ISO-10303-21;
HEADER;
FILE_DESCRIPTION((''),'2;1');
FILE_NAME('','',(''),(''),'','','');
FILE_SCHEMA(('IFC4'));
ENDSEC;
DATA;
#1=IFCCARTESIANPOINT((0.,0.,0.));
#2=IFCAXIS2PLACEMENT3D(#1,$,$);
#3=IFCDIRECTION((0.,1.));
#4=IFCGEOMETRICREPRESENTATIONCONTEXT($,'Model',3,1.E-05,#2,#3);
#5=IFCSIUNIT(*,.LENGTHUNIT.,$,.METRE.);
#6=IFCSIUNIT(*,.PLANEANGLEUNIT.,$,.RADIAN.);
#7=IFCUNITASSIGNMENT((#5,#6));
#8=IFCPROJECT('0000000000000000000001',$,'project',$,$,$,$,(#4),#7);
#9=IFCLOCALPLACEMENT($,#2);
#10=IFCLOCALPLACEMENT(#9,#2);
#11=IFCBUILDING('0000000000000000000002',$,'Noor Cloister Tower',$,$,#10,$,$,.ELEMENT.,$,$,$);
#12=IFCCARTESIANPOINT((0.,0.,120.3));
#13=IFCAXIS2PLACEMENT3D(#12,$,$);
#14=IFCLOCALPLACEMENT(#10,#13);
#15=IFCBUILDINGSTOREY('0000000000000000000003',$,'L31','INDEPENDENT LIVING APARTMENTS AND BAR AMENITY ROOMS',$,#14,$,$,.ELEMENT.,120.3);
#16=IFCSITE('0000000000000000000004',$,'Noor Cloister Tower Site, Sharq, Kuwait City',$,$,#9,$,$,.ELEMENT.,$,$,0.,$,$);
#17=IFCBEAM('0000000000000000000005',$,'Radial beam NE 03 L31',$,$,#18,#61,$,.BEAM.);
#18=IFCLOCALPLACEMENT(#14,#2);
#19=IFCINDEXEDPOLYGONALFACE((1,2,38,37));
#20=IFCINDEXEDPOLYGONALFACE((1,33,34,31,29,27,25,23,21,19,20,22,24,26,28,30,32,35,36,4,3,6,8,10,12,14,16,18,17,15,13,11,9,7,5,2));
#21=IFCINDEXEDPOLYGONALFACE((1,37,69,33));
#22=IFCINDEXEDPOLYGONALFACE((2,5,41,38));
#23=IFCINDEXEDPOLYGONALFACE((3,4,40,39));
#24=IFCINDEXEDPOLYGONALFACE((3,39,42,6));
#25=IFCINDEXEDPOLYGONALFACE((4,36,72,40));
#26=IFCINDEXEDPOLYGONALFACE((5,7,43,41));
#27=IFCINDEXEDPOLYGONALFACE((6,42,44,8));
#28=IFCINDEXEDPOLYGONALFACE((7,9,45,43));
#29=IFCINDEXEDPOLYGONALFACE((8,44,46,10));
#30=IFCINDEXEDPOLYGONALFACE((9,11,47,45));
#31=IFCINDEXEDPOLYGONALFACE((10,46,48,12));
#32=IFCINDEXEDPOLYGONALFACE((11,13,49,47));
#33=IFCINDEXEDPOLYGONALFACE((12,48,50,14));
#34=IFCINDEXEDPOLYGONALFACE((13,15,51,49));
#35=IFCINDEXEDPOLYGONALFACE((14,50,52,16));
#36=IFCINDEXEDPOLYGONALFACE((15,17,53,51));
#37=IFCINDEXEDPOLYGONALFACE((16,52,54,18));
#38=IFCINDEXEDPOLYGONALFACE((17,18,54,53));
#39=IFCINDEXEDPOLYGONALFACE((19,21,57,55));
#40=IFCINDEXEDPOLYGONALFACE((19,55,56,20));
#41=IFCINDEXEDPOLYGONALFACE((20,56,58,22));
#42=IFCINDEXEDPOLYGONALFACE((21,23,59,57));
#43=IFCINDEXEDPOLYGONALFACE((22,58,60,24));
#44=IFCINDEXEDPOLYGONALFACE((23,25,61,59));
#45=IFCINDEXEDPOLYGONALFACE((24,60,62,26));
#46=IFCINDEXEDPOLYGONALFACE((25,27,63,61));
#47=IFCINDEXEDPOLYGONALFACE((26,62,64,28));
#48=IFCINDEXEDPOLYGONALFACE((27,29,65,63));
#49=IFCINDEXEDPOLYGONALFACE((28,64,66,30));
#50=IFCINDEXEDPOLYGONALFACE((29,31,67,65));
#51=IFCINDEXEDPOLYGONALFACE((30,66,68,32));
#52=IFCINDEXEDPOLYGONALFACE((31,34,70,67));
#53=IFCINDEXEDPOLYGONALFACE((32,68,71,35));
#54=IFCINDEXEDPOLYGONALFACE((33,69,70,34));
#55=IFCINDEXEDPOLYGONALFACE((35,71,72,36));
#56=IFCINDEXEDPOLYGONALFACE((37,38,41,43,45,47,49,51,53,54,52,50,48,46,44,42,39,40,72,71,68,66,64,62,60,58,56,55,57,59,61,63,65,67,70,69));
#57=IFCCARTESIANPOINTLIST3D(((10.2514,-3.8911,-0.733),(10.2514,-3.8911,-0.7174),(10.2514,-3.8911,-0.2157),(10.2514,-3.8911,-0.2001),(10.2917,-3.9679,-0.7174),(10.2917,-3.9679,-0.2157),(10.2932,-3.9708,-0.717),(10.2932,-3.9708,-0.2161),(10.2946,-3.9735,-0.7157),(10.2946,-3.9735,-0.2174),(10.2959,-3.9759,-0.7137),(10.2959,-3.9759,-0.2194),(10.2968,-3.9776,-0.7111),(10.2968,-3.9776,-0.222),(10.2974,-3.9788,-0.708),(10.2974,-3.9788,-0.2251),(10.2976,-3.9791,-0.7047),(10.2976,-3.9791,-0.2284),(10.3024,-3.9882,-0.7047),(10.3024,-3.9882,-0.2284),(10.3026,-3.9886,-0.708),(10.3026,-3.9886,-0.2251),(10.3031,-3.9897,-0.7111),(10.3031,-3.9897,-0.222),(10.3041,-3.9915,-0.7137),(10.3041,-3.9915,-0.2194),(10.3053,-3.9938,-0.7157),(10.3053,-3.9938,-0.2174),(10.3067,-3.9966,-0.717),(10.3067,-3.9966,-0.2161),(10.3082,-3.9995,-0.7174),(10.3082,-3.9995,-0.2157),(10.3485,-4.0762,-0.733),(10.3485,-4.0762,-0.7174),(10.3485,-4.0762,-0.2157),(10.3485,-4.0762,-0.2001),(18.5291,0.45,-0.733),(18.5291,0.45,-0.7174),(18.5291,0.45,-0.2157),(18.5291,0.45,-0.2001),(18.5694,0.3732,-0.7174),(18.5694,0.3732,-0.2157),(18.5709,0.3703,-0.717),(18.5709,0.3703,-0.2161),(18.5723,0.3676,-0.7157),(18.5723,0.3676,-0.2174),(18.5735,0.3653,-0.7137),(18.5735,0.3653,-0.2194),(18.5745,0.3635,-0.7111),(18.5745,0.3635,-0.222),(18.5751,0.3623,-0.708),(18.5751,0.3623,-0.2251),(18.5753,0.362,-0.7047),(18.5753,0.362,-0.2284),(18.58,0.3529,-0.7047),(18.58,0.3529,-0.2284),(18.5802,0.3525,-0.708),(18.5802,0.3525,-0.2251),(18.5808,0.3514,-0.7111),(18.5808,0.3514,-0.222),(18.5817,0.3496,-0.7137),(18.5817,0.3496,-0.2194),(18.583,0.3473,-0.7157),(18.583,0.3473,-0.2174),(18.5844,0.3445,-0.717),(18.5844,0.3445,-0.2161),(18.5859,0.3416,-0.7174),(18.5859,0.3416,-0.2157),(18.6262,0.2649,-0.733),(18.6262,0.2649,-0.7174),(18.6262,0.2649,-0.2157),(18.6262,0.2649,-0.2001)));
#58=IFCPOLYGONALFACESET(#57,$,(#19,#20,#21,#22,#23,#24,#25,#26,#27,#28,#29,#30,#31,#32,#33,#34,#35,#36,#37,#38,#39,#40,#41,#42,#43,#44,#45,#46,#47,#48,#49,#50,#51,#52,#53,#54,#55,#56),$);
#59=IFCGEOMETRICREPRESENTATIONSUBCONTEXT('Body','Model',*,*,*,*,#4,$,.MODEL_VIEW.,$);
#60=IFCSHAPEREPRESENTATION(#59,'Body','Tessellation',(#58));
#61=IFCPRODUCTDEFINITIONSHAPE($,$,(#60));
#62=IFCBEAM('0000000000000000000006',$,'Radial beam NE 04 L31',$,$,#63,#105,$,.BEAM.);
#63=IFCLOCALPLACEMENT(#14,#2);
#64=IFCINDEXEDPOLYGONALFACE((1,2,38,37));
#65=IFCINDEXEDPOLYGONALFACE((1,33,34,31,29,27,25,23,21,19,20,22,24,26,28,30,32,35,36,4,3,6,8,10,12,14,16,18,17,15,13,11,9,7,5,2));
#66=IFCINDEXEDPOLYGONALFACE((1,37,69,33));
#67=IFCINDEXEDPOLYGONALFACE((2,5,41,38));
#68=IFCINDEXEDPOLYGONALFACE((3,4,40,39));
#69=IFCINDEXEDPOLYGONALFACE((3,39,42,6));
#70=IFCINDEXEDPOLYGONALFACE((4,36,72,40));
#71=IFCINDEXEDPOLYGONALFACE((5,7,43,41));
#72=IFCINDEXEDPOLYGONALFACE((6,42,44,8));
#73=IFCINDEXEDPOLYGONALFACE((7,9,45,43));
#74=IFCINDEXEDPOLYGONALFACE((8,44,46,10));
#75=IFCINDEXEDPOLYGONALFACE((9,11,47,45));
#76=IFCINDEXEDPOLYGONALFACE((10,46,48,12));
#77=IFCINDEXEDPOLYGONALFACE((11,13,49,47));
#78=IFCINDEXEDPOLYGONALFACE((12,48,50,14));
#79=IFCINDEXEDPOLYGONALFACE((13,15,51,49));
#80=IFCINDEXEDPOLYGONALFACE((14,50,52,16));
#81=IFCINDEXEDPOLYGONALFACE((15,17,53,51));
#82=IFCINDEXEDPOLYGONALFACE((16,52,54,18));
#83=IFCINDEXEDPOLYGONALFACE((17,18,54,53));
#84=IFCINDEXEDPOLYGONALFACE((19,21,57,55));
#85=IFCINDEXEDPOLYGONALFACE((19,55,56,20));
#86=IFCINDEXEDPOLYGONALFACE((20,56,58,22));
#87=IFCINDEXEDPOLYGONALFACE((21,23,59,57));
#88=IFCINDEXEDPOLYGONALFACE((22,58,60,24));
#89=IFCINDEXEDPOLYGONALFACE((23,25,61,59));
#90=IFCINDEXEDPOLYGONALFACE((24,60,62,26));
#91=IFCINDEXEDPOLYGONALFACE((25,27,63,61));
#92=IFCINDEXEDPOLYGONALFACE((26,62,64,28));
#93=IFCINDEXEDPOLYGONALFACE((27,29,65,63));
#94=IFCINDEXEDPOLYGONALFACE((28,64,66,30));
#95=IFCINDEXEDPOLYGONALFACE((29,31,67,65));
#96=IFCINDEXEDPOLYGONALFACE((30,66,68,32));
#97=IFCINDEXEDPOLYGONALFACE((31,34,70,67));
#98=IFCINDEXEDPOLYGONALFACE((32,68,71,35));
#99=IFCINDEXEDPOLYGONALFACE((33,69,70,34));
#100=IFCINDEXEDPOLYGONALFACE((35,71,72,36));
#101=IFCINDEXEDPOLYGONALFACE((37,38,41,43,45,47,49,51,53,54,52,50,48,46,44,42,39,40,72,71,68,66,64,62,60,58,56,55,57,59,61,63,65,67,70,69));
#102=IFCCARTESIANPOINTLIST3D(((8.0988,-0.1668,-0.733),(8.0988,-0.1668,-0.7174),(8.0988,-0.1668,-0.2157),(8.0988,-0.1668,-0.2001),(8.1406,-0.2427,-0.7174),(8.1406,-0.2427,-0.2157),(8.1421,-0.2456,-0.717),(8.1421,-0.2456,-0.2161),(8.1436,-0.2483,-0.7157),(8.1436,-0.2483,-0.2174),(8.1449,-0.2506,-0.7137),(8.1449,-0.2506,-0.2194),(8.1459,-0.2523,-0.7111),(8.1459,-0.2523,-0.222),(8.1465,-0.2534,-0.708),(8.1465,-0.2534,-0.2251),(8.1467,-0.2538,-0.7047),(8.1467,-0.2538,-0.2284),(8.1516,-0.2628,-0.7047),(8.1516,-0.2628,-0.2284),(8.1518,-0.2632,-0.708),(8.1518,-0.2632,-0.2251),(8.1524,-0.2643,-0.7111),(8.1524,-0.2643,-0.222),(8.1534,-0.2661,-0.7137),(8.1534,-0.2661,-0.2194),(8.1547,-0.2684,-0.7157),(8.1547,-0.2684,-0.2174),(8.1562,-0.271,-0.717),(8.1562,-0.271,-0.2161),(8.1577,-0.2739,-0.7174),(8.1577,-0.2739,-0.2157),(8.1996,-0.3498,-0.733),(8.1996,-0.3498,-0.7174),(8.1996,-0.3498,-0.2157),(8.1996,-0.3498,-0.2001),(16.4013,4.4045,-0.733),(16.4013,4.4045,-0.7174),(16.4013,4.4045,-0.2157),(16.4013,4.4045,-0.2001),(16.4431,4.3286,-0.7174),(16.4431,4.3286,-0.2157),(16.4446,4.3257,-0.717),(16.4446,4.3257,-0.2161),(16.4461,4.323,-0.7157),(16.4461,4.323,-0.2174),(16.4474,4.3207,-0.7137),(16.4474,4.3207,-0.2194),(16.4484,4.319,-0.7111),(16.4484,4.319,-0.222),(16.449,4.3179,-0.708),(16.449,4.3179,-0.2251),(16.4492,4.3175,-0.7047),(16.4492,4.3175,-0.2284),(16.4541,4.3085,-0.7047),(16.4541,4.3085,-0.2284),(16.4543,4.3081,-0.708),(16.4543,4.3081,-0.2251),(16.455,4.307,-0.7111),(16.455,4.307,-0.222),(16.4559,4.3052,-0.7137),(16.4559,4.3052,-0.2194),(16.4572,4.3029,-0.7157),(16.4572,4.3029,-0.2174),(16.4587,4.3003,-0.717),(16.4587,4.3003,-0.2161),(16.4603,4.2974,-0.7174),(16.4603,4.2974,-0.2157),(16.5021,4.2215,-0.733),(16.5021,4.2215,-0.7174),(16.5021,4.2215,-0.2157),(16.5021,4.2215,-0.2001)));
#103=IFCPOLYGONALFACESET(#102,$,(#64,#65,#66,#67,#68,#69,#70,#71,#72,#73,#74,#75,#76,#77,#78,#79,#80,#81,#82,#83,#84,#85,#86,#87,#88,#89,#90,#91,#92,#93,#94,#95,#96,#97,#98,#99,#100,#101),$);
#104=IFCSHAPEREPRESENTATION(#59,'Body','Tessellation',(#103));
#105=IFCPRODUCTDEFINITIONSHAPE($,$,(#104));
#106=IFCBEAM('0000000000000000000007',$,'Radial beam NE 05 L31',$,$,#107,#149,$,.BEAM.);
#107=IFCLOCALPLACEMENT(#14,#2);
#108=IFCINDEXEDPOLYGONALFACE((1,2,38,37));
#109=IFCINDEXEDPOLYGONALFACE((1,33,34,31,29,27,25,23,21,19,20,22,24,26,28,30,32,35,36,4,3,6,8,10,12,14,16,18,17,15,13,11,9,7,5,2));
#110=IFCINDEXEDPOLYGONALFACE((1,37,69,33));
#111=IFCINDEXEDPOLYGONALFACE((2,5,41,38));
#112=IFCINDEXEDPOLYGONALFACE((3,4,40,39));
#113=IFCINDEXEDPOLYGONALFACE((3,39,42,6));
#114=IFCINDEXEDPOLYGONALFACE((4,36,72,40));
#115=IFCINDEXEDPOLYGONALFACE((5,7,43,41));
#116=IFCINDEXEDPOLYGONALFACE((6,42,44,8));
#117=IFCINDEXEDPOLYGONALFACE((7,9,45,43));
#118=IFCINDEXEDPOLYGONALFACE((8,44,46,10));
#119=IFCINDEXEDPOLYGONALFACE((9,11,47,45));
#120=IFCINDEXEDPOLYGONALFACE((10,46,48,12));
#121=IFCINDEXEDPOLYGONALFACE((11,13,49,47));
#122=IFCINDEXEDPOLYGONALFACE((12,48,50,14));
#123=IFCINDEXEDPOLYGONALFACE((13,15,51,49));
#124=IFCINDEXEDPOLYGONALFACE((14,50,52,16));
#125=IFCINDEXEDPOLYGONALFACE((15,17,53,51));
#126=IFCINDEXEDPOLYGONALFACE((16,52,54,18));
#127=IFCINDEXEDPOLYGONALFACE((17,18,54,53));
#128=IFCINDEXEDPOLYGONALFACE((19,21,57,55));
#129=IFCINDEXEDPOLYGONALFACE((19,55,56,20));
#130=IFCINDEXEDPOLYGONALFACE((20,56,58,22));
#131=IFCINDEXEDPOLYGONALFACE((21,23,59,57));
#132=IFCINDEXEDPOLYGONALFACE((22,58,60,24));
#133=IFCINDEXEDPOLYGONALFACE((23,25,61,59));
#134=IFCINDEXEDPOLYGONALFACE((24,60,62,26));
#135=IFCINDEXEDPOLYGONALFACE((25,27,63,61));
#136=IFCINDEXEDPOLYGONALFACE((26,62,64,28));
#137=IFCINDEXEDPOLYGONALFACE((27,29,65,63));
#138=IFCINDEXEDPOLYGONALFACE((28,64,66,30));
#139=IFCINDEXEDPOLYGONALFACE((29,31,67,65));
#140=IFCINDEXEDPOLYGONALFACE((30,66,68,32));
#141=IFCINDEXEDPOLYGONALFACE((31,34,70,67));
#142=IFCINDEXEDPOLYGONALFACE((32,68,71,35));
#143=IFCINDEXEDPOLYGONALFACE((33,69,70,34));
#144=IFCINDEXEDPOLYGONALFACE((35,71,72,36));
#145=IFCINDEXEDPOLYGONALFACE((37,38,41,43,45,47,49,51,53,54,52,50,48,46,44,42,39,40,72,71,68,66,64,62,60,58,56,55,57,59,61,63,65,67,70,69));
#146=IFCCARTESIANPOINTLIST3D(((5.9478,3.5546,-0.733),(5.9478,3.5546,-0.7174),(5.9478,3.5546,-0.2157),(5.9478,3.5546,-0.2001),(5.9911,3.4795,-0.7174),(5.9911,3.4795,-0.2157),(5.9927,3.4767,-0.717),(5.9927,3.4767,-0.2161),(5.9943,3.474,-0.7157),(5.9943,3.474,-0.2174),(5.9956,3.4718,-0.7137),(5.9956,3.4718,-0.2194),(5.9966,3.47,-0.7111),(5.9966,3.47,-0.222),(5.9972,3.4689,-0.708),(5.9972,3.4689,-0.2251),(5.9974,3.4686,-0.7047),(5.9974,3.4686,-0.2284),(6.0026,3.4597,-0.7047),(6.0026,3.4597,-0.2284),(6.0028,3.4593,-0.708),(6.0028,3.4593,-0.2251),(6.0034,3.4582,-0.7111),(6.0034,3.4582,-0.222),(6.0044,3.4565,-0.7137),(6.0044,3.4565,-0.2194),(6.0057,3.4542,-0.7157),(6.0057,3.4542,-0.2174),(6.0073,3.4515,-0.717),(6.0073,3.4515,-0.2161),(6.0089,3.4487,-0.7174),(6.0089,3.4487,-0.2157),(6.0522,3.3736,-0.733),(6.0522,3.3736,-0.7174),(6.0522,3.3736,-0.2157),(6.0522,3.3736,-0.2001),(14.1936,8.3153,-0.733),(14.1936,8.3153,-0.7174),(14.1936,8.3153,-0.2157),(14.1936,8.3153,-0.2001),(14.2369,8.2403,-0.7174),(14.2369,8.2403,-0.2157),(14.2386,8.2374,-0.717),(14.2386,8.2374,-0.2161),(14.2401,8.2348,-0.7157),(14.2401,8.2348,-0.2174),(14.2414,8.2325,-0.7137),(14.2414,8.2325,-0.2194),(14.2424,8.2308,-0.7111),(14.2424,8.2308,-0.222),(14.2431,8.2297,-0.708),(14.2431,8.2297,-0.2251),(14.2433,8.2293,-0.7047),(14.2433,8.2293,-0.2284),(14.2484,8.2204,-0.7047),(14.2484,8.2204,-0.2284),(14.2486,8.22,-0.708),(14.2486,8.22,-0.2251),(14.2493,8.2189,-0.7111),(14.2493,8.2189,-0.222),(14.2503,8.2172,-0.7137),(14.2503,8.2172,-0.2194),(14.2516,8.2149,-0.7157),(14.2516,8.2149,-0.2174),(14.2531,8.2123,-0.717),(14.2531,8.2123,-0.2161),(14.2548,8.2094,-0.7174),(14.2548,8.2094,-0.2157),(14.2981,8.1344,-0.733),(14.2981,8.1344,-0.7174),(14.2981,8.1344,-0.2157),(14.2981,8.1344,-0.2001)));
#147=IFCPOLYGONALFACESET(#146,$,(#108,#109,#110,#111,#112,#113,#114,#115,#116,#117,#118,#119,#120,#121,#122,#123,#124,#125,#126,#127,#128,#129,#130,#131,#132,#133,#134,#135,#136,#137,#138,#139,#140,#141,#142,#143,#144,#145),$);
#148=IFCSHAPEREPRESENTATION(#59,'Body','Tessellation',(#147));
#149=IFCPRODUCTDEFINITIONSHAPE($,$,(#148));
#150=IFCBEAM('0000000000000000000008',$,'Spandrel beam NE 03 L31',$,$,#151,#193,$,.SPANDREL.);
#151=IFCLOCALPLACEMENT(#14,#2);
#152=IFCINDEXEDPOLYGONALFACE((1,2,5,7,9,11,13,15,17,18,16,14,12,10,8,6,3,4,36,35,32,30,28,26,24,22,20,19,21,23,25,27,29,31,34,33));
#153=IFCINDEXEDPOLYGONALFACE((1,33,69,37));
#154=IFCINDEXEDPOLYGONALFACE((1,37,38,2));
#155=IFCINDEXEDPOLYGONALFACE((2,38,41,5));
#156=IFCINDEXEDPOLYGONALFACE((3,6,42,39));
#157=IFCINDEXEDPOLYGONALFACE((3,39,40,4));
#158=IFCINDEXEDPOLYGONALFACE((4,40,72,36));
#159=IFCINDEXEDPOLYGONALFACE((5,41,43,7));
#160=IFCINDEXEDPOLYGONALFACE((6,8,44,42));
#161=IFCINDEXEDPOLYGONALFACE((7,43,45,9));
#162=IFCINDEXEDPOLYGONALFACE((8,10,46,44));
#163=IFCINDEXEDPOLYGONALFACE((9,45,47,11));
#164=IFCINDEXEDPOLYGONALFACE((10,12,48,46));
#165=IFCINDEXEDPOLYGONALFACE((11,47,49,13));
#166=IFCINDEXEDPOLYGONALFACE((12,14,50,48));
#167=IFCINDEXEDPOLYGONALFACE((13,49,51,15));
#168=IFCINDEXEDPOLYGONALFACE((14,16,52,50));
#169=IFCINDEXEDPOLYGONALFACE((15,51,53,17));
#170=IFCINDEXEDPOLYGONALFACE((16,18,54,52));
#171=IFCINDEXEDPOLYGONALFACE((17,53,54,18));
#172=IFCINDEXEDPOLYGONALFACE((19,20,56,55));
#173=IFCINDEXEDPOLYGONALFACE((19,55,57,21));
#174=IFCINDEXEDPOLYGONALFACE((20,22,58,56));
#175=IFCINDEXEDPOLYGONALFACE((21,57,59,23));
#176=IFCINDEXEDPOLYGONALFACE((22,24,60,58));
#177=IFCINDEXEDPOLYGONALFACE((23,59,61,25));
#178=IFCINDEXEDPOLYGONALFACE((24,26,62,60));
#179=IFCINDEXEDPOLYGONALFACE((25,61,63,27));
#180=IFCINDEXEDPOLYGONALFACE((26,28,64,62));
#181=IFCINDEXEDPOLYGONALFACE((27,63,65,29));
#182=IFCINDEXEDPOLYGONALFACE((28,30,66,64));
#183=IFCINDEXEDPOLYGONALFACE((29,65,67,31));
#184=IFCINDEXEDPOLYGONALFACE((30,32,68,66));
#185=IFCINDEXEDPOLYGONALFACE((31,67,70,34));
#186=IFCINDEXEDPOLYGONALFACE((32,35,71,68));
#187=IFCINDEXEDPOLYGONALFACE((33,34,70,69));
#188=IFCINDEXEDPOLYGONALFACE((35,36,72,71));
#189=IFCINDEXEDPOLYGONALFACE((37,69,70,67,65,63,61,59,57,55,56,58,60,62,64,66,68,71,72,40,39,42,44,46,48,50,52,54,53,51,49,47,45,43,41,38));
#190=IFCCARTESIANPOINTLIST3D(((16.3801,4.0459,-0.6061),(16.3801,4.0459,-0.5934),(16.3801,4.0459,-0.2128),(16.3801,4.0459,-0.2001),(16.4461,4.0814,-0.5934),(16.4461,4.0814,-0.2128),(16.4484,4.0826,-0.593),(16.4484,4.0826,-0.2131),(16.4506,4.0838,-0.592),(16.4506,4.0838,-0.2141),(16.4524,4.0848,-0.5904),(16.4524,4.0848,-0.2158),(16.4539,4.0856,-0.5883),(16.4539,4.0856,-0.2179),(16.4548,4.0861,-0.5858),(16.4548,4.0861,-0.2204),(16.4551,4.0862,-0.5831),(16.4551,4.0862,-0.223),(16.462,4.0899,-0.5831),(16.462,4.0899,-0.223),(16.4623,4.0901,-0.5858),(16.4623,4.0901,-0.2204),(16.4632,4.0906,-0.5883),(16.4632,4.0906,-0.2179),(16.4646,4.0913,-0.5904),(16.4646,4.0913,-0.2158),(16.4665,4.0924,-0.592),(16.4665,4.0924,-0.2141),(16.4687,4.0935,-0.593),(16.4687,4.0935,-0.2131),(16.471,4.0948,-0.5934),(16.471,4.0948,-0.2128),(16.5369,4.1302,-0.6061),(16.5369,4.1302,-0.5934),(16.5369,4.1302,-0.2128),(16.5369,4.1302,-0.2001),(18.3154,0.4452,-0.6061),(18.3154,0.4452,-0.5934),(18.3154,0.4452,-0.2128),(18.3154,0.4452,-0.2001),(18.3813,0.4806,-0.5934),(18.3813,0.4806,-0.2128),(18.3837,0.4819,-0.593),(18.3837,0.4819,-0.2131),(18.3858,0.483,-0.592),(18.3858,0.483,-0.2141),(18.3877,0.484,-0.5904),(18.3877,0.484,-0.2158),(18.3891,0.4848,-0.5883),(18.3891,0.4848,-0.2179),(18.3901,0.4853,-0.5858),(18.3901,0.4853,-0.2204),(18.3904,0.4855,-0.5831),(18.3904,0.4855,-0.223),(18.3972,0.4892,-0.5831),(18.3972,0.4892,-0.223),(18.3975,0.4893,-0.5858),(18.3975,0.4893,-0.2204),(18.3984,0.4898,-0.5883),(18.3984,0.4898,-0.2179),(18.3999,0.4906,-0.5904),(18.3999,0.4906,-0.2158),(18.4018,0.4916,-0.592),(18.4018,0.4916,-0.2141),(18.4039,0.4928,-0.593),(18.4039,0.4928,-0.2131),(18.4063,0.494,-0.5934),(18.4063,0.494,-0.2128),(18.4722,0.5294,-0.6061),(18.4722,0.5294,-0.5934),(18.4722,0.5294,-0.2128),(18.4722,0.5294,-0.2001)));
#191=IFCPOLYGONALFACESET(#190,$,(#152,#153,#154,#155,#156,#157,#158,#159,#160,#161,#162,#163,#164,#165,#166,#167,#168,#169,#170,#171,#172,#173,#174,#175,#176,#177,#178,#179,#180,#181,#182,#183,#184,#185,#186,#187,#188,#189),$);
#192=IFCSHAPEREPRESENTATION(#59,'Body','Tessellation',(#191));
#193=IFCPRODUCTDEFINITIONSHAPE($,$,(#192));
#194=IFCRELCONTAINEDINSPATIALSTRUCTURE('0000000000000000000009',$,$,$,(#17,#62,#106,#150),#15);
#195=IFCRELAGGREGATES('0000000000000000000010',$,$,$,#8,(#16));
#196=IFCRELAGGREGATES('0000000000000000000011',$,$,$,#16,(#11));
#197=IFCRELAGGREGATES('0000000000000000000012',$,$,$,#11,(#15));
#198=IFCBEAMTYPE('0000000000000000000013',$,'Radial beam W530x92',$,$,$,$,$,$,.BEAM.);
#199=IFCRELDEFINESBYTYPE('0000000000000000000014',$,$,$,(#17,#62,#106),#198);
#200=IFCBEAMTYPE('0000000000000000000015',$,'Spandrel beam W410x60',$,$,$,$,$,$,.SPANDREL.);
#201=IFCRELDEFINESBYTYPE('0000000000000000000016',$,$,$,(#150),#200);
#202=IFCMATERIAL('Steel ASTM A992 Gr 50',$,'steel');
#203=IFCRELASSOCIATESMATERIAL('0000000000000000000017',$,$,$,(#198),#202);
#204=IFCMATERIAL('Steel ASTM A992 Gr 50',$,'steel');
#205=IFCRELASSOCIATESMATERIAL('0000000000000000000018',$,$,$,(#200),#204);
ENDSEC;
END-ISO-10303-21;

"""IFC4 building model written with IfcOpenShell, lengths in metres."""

from ifc_helpers import new_model, si_unit, direction, frame, origin, origin_2d, place, context, subcontext, project, spatial, i_section, extrude, material, material_profile, profile_set, type_object, element, save


model = new_model("IFC4")

# Units and contexts
model_context = context("Model", 3, precision=1e-05, world=origin(), true_north=direction((0.0, 1.0)))
body_context = subcontext(model_context, "Body", "Model", "MODEL_VIEW")
ifc_project = project(units=[si_unit("LENGTHUNIT", "METRE"), si_unit("PLANEANGLEUNIT", "RADIAN")], contexts=[model_context])

# Site, building, storey
site_placement = place(None, origin())
site = spatial("IfcSite", under=ifc_project, at=site_placement, Name="Noor Cloister Tower Site, Sharq, Kuwait City", CompositionType="ELEMENT", RefElevation=0.0)
building_placement = place(site_placement, origin())
building = spatial("IfcBuilding", under=site, at=building_placement, Name="Noor Cloister Tower", CompositionType="ELEMENT")
storey_placement = place(building_placement, frame((0.0, 0.0, 120.3)))
storey = spatial("IfcBuildingStorey", under=building, at=storey_placement, Name="L31", Description="INDEPENDENT LIVING APARTMENTS AND BAR AMENITY ROOMS", CompositionType="ELEMENT", Elevation=120.3)

# Beams
ifc_material_1 = material(Name="Steel ASTM A992 Gr 50", Category="steel")
ifc_material_profile_1 = material_profile(ifc_material_1, i_section(OverallWidth=0.209, OverallDepth=0.533, WebThickness=0.0103, FlangeThickness=0.0156, FilletRadius=0.0127, at=origin_2d()), Name="W530x92")
ifc_profile_set_1 = profile_set([ifc_material_profile_1], Name="Steel ASTM A992 Gr 50")
beam_type_1 = type_object("IfcBeamType", Name="Radial beam W530x92", PredefinedType="BEAM", material=ifc_profile_set_1)
beam_1_placement = place(storey_placement, frame((18.5776, 0.3574, -0.4666), z_axis=(-0.885603, -0.464442, 0.0), x_axis=(0.464442, -0.885603, 0.0)))
element("IfcBeam", 1, at=beam_1_placement, inside=storey, type_object=beam_type_1, Name="Radial beam NE 03 L31", PredefinedType="BEAM", context=body_context, shape_type="SweptSolid", body=[
    extrude(i_section(OverallWidth=0.209, OverallDepth=0.533, WebThickness=0.0103, FlangeThickness=0.0156, FilletRadius=0.0127, at=origin_2d()), origin(), (0.0, 0.0, 1.0), 9.3469),
])
beam_2_placement = place(storey_placement, frame((16.4517, 4.313, -0.4666), z_axis=(-0.875997, -0.482317, 0.0), x_axis=(0.482317, -0.875997, 0.0)))
element("IfcBeam", 2, at=beam_2_placement, inside=storey, type_object=beam_type_1, Name="Radial beam NE 04 L31", PredefinedType="BEAM", context=body_context, shape_type="SweptSolid", body=[
    extrude(i_section(OverallWidth=0.209, OverallDepth=0.533, WebThickness=0.0103, FlangeThickness=0.0156, FilletRadius=0.0127, at=origin_2d()), origin(), (0.0, 0.0, 1.0), 9.4778),
])
beam_3_placement = place(storey_placement, frame((14.2458, 8.2249, -0.4666), z_axis=(-0.866025, -0.5, 0.0), x_axis=(0.5, -0.866025, 0.0)))
element("IfcBeam", 3, at=beam_3_placement, inside=storey, type_object=beam_type_1, Name="Radial beam NE 05 L31", PredefinedType="BEAM", context=body_context, shape_type="SweptSolid", body=[
    extrude(i_section(OverallWidth=0.209, OverallDepth=0.533, WebThickness=0.0103, FlangeThickness=0.0156, FilletRadius=0.0127, at=origin_2d()), origin(), (0.0, 0.0, 1.0), 9.5215),
])
ifc_material_2 = material(Name="Steel ASTM A992 Gr 50", Category="steel")
ifc_material_profile_2 = material_profile(ifc_material_2, i_section(OverallWidth=0.178, OverallDepth=0.406, WebThickness=0.0078, FlangeThickness=0.0127, FilletRadius=0.0103, at=origin_2d()), Name="W410x60")
ifc_profile_set_2 = profile_set([ifc_material_profile_2], Name="Steel ASTM A992 Gr 50")
beam_type_2 = type_object("IfcBeamType", Name="Spandrel beam W410x60", PredefinedType="SPANDREL", material=ifc_profile_set_2)
for number, where, z_axis, x_axis, name in (
    (4, (18.3938, 0.4873, -0.4031), (-0.473416, 0.880839, 0.0), (-0.880839, -0.473416, 0.0), "Spandrel beam NE 03 L31"),
):
    element("IfcBeam", number, at=place(storey_placement, frame(where, z_axis=z_axis, x_axis=x_axis)), inside=storey, type_object=beam_type_2, Name=name, PredefinedType="SPANDREL", context=body_context, shape_type="SweptSolid", body=[
        extrude(i_section(OverallWidth=0.178, OverallDepth=0.406, WebThickness=0.0078, FlangeThickness=0.0127, FilletRadius=0.0103, at=origin_2d()), origin(), (0.0, 0.0, 1.0), 4.0879),
    ])

save(model, "model.ifc")
